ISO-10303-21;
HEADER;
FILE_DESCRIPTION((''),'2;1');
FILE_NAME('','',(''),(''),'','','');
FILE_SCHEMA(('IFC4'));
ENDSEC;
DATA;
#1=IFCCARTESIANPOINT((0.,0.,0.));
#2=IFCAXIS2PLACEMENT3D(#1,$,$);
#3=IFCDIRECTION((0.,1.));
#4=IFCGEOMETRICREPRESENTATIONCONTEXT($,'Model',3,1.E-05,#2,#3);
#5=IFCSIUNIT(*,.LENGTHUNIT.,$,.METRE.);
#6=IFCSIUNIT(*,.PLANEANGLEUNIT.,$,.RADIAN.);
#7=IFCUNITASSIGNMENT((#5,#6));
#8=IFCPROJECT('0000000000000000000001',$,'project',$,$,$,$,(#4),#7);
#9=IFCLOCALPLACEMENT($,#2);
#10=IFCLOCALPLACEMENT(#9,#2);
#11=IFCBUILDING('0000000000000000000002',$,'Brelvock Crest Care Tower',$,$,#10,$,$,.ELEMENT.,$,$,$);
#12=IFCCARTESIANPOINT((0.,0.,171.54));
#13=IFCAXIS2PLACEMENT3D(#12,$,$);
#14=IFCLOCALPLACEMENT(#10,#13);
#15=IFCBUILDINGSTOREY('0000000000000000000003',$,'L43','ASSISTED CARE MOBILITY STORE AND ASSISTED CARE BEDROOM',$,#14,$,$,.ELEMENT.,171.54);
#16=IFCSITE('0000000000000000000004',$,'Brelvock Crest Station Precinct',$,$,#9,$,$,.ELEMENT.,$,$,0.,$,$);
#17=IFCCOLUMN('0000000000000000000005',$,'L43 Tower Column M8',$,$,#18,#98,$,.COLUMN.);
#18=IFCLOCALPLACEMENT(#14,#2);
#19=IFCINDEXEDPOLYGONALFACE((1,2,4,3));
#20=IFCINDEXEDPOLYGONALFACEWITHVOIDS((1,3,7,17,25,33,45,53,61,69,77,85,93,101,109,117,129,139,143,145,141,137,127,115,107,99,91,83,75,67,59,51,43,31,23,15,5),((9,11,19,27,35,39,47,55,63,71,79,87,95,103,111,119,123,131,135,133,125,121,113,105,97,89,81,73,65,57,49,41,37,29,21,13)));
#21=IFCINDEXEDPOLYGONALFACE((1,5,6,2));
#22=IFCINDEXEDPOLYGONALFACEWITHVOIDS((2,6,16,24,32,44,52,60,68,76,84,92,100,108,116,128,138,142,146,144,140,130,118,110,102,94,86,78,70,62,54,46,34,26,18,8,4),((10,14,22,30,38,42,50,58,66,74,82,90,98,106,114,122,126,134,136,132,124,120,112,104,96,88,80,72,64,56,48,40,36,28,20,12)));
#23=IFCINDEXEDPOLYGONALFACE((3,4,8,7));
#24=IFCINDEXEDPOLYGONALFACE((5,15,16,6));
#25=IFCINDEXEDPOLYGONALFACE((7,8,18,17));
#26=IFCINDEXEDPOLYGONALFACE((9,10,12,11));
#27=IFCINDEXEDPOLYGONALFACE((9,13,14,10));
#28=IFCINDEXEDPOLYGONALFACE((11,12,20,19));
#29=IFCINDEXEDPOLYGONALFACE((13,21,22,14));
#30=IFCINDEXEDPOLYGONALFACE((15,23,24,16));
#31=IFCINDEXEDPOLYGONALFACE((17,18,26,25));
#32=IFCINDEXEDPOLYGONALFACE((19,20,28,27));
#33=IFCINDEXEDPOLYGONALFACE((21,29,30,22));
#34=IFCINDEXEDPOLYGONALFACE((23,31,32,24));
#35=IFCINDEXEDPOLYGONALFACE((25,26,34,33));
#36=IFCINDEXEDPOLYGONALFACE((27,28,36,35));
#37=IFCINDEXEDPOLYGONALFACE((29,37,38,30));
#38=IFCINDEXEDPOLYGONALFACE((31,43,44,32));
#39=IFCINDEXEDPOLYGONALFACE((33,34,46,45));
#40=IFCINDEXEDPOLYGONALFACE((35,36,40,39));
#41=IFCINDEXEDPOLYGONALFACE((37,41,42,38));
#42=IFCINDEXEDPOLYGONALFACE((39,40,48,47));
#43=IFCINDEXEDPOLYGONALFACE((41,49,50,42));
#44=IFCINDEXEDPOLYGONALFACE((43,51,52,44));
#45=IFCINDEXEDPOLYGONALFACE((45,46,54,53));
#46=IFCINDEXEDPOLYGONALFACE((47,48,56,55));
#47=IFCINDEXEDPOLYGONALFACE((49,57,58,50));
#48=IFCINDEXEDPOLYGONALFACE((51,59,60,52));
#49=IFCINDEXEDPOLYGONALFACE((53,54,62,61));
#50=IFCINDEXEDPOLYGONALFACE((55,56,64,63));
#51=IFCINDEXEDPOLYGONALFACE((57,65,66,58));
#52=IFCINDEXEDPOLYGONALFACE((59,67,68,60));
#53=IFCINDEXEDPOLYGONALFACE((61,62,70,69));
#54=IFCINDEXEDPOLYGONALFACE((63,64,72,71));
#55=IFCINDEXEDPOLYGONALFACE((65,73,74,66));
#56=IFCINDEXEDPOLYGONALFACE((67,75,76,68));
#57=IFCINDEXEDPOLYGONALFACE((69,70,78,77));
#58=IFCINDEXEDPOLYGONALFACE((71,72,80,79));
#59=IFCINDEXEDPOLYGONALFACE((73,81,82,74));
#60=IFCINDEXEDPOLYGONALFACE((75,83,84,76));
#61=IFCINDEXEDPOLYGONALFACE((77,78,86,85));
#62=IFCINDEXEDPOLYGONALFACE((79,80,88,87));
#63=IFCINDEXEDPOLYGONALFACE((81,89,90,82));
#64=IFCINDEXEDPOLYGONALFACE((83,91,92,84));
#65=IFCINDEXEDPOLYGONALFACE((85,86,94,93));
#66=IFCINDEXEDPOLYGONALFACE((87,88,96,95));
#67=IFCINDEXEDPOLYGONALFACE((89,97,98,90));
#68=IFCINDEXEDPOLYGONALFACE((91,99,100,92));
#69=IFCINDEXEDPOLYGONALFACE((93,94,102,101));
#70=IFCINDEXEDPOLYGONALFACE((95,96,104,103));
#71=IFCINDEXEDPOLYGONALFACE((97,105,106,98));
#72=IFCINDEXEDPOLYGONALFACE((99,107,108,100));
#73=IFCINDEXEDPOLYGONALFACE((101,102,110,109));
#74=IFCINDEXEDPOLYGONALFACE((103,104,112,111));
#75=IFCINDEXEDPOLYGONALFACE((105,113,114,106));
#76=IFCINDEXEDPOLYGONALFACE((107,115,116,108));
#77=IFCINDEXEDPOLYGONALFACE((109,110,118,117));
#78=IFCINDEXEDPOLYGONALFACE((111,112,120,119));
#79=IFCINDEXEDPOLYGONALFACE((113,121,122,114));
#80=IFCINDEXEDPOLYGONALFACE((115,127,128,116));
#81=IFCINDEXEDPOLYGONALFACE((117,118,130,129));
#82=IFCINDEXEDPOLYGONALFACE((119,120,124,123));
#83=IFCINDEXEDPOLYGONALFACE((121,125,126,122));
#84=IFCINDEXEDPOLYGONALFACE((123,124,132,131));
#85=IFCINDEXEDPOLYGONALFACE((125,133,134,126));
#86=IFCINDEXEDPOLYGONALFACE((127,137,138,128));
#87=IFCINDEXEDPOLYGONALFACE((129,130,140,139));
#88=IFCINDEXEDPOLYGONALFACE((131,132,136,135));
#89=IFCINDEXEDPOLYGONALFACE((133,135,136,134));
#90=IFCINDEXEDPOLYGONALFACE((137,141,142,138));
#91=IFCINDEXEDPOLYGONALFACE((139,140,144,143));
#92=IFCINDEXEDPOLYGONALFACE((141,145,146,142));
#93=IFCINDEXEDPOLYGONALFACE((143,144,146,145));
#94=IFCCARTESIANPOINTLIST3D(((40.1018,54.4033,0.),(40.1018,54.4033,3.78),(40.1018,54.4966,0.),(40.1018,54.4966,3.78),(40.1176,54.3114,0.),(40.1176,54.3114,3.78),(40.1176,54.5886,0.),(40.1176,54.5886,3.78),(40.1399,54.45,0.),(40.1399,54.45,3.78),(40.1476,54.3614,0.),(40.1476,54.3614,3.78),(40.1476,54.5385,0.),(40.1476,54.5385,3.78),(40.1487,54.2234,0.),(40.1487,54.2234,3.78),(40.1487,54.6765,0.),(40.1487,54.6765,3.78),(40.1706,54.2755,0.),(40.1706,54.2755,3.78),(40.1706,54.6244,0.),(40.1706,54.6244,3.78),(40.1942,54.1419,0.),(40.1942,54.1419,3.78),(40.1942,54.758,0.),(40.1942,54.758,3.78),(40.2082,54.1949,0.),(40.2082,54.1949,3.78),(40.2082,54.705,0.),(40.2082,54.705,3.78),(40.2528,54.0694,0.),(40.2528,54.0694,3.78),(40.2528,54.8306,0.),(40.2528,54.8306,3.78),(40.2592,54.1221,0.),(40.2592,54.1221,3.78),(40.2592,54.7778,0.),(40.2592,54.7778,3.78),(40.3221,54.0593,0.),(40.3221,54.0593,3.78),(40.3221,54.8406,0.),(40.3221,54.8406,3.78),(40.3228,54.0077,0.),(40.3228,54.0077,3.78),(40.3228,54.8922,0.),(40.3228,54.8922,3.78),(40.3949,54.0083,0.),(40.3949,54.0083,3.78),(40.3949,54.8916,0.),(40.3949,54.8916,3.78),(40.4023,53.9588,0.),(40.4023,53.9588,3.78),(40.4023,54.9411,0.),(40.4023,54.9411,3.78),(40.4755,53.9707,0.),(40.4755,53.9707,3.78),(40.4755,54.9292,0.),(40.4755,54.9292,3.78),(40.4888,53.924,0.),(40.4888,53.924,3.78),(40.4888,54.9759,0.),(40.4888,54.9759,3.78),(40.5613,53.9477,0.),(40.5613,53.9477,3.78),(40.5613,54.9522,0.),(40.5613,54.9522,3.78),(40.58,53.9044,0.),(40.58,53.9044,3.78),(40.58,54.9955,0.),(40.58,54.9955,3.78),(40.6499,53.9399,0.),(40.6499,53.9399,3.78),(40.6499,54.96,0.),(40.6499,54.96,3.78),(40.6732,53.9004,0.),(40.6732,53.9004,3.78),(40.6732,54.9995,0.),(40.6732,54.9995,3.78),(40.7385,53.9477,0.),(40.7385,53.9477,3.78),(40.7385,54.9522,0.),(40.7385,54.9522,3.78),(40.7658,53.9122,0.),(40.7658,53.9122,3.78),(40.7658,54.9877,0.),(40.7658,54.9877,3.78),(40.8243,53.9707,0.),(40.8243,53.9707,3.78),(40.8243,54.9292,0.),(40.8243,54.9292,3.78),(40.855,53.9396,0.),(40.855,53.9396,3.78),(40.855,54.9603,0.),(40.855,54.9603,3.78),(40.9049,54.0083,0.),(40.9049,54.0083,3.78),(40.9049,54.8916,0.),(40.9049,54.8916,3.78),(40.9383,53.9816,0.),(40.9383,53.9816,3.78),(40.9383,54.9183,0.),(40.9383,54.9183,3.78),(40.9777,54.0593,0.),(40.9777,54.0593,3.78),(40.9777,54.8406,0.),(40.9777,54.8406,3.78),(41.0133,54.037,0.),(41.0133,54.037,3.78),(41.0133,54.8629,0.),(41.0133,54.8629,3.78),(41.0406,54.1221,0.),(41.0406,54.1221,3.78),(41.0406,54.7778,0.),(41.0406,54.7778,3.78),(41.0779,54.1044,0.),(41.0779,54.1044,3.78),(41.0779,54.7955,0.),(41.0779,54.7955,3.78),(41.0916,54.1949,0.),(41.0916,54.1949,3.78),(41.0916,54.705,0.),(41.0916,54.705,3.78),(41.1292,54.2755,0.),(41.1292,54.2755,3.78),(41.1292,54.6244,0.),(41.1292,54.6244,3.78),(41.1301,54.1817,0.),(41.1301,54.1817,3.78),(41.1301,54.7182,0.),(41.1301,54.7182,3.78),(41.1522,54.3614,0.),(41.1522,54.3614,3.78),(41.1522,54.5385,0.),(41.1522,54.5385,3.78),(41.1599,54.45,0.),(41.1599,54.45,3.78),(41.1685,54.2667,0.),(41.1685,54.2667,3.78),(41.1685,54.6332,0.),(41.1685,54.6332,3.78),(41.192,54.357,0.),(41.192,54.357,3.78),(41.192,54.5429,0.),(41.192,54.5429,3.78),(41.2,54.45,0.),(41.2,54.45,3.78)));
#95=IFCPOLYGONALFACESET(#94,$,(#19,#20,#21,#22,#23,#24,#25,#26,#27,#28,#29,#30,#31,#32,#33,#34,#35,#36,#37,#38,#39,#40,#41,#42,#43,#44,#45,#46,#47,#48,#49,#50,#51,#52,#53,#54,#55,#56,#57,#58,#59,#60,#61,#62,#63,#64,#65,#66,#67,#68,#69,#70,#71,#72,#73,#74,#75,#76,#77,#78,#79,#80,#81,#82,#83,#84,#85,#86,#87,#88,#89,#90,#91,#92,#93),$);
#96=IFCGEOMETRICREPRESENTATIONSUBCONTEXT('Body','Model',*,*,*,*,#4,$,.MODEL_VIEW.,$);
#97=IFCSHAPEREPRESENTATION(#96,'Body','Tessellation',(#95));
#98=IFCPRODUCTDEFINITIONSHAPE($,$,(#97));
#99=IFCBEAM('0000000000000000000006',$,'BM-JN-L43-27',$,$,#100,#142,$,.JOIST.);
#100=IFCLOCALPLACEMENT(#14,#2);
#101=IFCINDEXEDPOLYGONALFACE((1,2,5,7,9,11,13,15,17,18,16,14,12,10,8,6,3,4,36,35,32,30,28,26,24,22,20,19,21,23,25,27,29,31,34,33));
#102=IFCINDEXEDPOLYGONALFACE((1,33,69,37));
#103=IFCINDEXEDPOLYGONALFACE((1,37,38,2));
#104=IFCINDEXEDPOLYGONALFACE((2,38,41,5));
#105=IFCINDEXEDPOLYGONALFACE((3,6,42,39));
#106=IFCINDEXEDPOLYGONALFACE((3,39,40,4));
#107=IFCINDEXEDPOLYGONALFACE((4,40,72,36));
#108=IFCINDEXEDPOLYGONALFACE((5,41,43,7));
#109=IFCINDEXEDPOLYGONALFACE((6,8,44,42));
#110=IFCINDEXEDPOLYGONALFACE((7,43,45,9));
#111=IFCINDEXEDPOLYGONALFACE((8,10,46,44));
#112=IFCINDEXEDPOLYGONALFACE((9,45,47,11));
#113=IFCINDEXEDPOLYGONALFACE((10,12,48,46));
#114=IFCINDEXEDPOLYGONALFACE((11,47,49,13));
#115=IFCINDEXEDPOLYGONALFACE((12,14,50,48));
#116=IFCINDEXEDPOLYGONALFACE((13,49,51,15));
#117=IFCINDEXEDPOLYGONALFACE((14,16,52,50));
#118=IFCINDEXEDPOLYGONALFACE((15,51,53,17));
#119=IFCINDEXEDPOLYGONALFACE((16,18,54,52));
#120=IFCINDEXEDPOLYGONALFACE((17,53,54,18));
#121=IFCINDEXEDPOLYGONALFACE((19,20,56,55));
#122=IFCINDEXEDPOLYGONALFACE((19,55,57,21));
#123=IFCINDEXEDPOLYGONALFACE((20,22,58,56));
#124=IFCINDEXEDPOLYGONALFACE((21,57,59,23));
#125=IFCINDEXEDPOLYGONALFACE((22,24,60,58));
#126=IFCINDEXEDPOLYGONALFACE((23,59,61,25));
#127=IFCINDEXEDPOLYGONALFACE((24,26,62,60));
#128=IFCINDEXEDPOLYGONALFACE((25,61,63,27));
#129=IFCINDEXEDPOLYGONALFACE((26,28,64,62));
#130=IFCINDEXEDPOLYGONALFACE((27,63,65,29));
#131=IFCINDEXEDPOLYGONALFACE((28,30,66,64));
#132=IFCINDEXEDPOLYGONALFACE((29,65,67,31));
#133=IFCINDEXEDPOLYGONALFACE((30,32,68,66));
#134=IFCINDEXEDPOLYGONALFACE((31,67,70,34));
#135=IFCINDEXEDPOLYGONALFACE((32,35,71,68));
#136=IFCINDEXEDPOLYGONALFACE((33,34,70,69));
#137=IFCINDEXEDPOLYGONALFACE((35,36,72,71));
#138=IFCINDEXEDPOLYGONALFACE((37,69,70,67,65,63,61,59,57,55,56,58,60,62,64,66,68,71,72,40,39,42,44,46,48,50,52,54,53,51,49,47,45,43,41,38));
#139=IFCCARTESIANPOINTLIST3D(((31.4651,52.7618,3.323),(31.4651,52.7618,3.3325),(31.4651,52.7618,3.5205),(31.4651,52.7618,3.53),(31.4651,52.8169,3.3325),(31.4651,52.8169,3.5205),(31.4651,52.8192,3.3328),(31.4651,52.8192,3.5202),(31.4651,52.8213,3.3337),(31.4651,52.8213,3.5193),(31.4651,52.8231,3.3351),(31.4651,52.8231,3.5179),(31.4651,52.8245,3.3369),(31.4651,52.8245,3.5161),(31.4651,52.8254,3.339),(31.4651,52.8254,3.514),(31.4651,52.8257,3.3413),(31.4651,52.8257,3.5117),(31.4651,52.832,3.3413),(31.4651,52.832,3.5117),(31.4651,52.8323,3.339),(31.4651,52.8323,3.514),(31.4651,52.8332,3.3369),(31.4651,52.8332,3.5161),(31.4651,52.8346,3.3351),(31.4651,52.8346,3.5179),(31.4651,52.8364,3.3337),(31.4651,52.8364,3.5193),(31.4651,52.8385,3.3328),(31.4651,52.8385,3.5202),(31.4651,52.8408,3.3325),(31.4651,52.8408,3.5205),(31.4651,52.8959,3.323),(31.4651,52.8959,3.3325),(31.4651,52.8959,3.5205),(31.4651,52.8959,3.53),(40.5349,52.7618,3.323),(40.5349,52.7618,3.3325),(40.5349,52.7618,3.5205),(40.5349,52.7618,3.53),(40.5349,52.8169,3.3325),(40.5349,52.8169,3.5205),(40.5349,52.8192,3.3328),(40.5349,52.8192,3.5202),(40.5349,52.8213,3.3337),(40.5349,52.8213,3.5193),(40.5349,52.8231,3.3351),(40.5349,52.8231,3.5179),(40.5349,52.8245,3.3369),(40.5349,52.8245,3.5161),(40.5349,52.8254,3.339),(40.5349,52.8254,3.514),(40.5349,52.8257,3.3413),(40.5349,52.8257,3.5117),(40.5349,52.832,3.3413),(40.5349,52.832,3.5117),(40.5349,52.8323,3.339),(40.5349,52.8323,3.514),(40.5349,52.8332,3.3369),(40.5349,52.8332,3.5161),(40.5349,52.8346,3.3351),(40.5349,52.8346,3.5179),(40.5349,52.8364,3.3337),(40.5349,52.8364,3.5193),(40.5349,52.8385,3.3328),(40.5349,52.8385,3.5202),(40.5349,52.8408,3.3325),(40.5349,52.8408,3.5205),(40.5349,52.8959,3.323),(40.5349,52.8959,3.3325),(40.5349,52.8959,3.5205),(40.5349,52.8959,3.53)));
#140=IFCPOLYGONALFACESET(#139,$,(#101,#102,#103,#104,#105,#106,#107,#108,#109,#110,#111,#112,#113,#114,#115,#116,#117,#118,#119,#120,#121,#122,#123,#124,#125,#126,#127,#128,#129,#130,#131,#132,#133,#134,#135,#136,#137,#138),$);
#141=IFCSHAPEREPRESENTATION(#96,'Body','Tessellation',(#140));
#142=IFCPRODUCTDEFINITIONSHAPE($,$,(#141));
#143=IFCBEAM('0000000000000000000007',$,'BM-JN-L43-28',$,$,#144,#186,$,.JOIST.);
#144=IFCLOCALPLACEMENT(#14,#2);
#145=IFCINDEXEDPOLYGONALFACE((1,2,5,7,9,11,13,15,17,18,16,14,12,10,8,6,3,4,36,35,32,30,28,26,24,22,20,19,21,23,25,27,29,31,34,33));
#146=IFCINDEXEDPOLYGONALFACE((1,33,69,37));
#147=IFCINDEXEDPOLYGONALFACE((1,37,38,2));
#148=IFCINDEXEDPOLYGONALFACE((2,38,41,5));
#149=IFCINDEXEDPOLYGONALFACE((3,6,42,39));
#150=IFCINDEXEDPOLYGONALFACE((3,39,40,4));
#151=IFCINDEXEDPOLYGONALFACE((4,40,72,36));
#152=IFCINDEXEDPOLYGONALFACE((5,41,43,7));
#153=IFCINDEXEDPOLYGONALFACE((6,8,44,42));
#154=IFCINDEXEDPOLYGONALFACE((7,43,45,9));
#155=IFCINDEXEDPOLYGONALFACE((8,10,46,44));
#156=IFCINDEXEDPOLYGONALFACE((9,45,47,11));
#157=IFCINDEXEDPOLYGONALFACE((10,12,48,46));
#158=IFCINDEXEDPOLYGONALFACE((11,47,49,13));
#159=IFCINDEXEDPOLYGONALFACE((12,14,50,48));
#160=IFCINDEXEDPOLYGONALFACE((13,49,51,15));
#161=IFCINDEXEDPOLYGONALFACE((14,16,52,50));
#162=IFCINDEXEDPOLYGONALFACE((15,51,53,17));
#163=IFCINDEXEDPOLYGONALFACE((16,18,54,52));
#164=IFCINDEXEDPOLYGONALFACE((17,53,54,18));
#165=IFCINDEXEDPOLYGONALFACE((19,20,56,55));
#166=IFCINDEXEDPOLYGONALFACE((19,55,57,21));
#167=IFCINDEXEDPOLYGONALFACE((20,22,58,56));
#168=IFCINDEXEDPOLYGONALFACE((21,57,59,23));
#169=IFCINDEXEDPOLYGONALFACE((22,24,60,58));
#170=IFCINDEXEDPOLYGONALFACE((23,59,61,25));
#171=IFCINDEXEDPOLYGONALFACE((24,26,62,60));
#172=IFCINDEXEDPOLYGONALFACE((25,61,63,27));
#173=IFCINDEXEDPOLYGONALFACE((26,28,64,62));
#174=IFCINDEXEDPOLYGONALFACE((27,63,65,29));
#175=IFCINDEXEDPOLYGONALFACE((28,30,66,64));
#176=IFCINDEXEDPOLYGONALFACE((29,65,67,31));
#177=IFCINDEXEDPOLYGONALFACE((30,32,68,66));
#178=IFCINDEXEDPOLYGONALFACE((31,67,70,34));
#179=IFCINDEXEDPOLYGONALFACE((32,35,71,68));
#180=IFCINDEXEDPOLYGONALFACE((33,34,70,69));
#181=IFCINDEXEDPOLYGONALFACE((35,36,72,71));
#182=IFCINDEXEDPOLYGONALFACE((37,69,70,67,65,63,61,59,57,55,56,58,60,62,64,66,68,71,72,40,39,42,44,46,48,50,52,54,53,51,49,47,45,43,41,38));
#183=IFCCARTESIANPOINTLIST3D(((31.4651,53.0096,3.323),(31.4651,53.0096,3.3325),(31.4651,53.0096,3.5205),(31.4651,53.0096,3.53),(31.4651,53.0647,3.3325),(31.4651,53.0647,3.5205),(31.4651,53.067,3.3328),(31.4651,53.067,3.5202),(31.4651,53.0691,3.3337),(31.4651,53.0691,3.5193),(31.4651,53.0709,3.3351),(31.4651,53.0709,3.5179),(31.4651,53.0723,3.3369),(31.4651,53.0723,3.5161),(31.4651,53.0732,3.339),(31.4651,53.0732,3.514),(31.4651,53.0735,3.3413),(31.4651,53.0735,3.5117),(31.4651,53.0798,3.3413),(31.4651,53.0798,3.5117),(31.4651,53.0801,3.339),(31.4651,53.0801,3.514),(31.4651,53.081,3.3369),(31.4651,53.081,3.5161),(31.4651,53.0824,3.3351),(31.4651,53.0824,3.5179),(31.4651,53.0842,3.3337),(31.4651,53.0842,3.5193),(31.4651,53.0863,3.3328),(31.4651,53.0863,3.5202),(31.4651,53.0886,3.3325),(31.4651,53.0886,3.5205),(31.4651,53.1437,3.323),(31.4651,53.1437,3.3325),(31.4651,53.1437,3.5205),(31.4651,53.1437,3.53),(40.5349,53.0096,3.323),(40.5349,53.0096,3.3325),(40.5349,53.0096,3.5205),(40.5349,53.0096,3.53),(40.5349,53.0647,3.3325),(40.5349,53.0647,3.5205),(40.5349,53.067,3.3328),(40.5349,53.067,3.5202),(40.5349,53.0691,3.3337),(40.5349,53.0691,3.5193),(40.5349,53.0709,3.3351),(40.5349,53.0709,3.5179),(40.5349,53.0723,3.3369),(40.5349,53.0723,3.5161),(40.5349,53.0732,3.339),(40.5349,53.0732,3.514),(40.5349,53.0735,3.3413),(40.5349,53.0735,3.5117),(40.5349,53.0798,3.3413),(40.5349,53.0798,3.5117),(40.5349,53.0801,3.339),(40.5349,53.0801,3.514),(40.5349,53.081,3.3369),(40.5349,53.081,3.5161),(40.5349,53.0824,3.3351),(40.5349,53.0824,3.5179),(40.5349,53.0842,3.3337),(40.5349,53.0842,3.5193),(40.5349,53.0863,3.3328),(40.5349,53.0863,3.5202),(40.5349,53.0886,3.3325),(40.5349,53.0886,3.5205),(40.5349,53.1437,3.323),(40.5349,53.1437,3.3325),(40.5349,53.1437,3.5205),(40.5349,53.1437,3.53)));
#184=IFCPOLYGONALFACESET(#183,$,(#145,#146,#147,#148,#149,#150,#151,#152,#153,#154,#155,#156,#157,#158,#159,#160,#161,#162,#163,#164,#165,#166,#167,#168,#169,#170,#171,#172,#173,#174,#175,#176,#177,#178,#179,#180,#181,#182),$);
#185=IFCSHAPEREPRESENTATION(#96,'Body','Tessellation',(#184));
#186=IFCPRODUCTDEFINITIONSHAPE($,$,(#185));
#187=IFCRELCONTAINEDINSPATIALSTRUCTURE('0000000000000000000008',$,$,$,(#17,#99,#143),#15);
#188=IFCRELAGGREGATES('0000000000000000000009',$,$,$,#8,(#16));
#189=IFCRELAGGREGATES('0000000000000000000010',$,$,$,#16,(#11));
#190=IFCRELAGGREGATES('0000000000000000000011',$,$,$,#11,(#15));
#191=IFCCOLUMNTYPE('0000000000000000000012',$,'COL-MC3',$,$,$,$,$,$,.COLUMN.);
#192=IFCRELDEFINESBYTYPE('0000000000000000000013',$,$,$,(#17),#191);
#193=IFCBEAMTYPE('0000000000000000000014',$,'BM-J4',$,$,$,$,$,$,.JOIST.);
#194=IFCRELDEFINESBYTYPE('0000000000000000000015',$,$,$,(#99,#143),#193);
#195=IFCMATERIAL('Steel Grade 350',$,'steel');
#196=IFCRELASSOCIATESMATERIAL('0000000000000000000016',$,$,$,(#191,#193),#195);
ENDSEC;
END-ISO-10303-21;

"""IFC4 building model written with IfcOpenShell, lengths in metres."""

from ifc_helpers import new_model, si_unit, direction, frame, origin, origin_2d, place, context, subcontext, project, spatial, hollow_circle, i_section, extrude, source, transform, mapped, material, material_profile, profile_set, type_object, element, save


model = new_model("IFC4")

# Units and contexts
model_context = context("Model", 3, precision=1e-05, world=origin(), true_north=direction((0.0, 1.0)))
body_context = subcontext(model_context, "Body", "Model", "MODEL_VIEW")
ifc_project = project(units=[si_unit("LENGTHUNIT", "METRE"), si_unit("PLANEANGLEUNIT", "RADIAN")], contexts=[model_context])

# Site, building, storey
site_placement = place(None, origin())
site = spatial("IfcSite", under=ifc_project, at=site_placement, Name="Brelvock Crest Station Precinct", CompositionType="ELEMENT", RefElevation=0.0)
building_placement = place(site_placement, origin())
building = spatial("IfcBuilding", under=site, at=building_placement, Name="Brelvock Crest Care Tower", CompositionType="ELEMENT")
storey_placement = place(building_placement, frame((0.0, 0.0, 171.54)))
storey = spatial("IfcBuildingStorey", under=building, at=storey_placement, Name="L43", Description="ASSISTED CARE MOBILITY STORE AND ASSISTED CARE BEDROOM", CompositionType="ELEMENT", Elevation=171.54)

# Column
ifc_material_1 = material(Name="Steel Grade 350", Category="steel")
ifc_material_profile_1 = material_profile(ifc_material_1, hollow_circle(Radius=0.55, WallThickness=0.04, at=origin_2d()), Name="CFT1100x40")
ifc_profile_set_1 = profile_set([ifc_material_profile_1], Name="Steel Grade 350")
column_type = type_object("IfcColumnType", Name="COL-MC3", PredefinedType="COLUMN", material=ifc_profile_set_1)
shared_shape_1 = source(origin(), body_context, "Body", "SweptSolid", [
    extrude(hollow_circle(Radius=0.55, WallThickness=0.04, at=origin_2d()), origin(), (0.0, 0.0, 1.0), 3.78),
])
column_placement = place(storey_placement, frame((40.6499, 54.45, 0.0), z_axis=(0.0, 0.0, 1.0), x_axis=(1.0, 0.0, 0.0)))
element("IfcColumn", 1, at=column_placement, inside=storey, type_object=column_type, Name="L43 Tower Column M8", PredefinedType="COLUMN", context=body_context, shape_type="MappedRepresentation", body=[
    mapped(shared_shape_1, transform((0.0, 0.0, 0.0), x_axis=(1.0, 0.0, 0.0), y_axis=(0.0, 1.0, 0.0), z_axis=(0.0, 0.0, 1.0), scale=1.0)),
])

# Beams
ifc_material_profile_2 = material_profile(ifc_material_1, i_section(OverallWidth=0.134, OverallDepth=0.207, WebThickness=0.0063, FlangeThickness=0.0095, FilletRadius=0.0088, at=origin_2d()), Name="200UB29.8")
ifc_profile_set_2 = profile_set([ifc_material_profile_2], Name="Steel Grade 350")
beam_type_1 = type_object("IfcBeamType", Name="BM-J4", PredefinedType="JOIST", material=ifc_profile_set_2)
shared_shape_2 = source(origin(), body_context, "Body", "SweptSolid", [
    extrude(i_section(OverallWidth=0.134, OverallDepth=0.207, WebThickness=0.0063, FlangeThickness=0.0095, FilletRadius=0.0088, at=origin_2d()), origin(), (0.0, 0.0, 1.0), 9.0698),
])
for number, where, z_axis, x_axis, name in (
    (2, (31.4651, 52.8289, 3.4265), (1.0, 0.0, 0.0), (0.0, 1.0, 0.0), "BM-JN-L43-27"),
    (3, (31.4651, 53.0767, 3.4265), (1.0, 0.0, 0.0), (0.0, 1.0, 0.0), "BM-JN-L43-28"),
):
    element("IfcBeam", number, at=place(storey_placement, frame(where, z_axis=z_axis, x_axis=x_axis)), inside=storey, type_object=beam_type_1, Name=name, PredefinedType="JOIST", context=body_context, shape_type="MappedRepresentation", body=[
        mapped(shared_shape_2, transform((0.0, 0.0, 0.0), x_axis=(1.0, 0.0, 0.0), y_axis=(0.0, 1.0, 0.0), z_axis=(0.0, 0.0, 1.0), scale=1.0)),
    ])

save(model, "model.ifc")
